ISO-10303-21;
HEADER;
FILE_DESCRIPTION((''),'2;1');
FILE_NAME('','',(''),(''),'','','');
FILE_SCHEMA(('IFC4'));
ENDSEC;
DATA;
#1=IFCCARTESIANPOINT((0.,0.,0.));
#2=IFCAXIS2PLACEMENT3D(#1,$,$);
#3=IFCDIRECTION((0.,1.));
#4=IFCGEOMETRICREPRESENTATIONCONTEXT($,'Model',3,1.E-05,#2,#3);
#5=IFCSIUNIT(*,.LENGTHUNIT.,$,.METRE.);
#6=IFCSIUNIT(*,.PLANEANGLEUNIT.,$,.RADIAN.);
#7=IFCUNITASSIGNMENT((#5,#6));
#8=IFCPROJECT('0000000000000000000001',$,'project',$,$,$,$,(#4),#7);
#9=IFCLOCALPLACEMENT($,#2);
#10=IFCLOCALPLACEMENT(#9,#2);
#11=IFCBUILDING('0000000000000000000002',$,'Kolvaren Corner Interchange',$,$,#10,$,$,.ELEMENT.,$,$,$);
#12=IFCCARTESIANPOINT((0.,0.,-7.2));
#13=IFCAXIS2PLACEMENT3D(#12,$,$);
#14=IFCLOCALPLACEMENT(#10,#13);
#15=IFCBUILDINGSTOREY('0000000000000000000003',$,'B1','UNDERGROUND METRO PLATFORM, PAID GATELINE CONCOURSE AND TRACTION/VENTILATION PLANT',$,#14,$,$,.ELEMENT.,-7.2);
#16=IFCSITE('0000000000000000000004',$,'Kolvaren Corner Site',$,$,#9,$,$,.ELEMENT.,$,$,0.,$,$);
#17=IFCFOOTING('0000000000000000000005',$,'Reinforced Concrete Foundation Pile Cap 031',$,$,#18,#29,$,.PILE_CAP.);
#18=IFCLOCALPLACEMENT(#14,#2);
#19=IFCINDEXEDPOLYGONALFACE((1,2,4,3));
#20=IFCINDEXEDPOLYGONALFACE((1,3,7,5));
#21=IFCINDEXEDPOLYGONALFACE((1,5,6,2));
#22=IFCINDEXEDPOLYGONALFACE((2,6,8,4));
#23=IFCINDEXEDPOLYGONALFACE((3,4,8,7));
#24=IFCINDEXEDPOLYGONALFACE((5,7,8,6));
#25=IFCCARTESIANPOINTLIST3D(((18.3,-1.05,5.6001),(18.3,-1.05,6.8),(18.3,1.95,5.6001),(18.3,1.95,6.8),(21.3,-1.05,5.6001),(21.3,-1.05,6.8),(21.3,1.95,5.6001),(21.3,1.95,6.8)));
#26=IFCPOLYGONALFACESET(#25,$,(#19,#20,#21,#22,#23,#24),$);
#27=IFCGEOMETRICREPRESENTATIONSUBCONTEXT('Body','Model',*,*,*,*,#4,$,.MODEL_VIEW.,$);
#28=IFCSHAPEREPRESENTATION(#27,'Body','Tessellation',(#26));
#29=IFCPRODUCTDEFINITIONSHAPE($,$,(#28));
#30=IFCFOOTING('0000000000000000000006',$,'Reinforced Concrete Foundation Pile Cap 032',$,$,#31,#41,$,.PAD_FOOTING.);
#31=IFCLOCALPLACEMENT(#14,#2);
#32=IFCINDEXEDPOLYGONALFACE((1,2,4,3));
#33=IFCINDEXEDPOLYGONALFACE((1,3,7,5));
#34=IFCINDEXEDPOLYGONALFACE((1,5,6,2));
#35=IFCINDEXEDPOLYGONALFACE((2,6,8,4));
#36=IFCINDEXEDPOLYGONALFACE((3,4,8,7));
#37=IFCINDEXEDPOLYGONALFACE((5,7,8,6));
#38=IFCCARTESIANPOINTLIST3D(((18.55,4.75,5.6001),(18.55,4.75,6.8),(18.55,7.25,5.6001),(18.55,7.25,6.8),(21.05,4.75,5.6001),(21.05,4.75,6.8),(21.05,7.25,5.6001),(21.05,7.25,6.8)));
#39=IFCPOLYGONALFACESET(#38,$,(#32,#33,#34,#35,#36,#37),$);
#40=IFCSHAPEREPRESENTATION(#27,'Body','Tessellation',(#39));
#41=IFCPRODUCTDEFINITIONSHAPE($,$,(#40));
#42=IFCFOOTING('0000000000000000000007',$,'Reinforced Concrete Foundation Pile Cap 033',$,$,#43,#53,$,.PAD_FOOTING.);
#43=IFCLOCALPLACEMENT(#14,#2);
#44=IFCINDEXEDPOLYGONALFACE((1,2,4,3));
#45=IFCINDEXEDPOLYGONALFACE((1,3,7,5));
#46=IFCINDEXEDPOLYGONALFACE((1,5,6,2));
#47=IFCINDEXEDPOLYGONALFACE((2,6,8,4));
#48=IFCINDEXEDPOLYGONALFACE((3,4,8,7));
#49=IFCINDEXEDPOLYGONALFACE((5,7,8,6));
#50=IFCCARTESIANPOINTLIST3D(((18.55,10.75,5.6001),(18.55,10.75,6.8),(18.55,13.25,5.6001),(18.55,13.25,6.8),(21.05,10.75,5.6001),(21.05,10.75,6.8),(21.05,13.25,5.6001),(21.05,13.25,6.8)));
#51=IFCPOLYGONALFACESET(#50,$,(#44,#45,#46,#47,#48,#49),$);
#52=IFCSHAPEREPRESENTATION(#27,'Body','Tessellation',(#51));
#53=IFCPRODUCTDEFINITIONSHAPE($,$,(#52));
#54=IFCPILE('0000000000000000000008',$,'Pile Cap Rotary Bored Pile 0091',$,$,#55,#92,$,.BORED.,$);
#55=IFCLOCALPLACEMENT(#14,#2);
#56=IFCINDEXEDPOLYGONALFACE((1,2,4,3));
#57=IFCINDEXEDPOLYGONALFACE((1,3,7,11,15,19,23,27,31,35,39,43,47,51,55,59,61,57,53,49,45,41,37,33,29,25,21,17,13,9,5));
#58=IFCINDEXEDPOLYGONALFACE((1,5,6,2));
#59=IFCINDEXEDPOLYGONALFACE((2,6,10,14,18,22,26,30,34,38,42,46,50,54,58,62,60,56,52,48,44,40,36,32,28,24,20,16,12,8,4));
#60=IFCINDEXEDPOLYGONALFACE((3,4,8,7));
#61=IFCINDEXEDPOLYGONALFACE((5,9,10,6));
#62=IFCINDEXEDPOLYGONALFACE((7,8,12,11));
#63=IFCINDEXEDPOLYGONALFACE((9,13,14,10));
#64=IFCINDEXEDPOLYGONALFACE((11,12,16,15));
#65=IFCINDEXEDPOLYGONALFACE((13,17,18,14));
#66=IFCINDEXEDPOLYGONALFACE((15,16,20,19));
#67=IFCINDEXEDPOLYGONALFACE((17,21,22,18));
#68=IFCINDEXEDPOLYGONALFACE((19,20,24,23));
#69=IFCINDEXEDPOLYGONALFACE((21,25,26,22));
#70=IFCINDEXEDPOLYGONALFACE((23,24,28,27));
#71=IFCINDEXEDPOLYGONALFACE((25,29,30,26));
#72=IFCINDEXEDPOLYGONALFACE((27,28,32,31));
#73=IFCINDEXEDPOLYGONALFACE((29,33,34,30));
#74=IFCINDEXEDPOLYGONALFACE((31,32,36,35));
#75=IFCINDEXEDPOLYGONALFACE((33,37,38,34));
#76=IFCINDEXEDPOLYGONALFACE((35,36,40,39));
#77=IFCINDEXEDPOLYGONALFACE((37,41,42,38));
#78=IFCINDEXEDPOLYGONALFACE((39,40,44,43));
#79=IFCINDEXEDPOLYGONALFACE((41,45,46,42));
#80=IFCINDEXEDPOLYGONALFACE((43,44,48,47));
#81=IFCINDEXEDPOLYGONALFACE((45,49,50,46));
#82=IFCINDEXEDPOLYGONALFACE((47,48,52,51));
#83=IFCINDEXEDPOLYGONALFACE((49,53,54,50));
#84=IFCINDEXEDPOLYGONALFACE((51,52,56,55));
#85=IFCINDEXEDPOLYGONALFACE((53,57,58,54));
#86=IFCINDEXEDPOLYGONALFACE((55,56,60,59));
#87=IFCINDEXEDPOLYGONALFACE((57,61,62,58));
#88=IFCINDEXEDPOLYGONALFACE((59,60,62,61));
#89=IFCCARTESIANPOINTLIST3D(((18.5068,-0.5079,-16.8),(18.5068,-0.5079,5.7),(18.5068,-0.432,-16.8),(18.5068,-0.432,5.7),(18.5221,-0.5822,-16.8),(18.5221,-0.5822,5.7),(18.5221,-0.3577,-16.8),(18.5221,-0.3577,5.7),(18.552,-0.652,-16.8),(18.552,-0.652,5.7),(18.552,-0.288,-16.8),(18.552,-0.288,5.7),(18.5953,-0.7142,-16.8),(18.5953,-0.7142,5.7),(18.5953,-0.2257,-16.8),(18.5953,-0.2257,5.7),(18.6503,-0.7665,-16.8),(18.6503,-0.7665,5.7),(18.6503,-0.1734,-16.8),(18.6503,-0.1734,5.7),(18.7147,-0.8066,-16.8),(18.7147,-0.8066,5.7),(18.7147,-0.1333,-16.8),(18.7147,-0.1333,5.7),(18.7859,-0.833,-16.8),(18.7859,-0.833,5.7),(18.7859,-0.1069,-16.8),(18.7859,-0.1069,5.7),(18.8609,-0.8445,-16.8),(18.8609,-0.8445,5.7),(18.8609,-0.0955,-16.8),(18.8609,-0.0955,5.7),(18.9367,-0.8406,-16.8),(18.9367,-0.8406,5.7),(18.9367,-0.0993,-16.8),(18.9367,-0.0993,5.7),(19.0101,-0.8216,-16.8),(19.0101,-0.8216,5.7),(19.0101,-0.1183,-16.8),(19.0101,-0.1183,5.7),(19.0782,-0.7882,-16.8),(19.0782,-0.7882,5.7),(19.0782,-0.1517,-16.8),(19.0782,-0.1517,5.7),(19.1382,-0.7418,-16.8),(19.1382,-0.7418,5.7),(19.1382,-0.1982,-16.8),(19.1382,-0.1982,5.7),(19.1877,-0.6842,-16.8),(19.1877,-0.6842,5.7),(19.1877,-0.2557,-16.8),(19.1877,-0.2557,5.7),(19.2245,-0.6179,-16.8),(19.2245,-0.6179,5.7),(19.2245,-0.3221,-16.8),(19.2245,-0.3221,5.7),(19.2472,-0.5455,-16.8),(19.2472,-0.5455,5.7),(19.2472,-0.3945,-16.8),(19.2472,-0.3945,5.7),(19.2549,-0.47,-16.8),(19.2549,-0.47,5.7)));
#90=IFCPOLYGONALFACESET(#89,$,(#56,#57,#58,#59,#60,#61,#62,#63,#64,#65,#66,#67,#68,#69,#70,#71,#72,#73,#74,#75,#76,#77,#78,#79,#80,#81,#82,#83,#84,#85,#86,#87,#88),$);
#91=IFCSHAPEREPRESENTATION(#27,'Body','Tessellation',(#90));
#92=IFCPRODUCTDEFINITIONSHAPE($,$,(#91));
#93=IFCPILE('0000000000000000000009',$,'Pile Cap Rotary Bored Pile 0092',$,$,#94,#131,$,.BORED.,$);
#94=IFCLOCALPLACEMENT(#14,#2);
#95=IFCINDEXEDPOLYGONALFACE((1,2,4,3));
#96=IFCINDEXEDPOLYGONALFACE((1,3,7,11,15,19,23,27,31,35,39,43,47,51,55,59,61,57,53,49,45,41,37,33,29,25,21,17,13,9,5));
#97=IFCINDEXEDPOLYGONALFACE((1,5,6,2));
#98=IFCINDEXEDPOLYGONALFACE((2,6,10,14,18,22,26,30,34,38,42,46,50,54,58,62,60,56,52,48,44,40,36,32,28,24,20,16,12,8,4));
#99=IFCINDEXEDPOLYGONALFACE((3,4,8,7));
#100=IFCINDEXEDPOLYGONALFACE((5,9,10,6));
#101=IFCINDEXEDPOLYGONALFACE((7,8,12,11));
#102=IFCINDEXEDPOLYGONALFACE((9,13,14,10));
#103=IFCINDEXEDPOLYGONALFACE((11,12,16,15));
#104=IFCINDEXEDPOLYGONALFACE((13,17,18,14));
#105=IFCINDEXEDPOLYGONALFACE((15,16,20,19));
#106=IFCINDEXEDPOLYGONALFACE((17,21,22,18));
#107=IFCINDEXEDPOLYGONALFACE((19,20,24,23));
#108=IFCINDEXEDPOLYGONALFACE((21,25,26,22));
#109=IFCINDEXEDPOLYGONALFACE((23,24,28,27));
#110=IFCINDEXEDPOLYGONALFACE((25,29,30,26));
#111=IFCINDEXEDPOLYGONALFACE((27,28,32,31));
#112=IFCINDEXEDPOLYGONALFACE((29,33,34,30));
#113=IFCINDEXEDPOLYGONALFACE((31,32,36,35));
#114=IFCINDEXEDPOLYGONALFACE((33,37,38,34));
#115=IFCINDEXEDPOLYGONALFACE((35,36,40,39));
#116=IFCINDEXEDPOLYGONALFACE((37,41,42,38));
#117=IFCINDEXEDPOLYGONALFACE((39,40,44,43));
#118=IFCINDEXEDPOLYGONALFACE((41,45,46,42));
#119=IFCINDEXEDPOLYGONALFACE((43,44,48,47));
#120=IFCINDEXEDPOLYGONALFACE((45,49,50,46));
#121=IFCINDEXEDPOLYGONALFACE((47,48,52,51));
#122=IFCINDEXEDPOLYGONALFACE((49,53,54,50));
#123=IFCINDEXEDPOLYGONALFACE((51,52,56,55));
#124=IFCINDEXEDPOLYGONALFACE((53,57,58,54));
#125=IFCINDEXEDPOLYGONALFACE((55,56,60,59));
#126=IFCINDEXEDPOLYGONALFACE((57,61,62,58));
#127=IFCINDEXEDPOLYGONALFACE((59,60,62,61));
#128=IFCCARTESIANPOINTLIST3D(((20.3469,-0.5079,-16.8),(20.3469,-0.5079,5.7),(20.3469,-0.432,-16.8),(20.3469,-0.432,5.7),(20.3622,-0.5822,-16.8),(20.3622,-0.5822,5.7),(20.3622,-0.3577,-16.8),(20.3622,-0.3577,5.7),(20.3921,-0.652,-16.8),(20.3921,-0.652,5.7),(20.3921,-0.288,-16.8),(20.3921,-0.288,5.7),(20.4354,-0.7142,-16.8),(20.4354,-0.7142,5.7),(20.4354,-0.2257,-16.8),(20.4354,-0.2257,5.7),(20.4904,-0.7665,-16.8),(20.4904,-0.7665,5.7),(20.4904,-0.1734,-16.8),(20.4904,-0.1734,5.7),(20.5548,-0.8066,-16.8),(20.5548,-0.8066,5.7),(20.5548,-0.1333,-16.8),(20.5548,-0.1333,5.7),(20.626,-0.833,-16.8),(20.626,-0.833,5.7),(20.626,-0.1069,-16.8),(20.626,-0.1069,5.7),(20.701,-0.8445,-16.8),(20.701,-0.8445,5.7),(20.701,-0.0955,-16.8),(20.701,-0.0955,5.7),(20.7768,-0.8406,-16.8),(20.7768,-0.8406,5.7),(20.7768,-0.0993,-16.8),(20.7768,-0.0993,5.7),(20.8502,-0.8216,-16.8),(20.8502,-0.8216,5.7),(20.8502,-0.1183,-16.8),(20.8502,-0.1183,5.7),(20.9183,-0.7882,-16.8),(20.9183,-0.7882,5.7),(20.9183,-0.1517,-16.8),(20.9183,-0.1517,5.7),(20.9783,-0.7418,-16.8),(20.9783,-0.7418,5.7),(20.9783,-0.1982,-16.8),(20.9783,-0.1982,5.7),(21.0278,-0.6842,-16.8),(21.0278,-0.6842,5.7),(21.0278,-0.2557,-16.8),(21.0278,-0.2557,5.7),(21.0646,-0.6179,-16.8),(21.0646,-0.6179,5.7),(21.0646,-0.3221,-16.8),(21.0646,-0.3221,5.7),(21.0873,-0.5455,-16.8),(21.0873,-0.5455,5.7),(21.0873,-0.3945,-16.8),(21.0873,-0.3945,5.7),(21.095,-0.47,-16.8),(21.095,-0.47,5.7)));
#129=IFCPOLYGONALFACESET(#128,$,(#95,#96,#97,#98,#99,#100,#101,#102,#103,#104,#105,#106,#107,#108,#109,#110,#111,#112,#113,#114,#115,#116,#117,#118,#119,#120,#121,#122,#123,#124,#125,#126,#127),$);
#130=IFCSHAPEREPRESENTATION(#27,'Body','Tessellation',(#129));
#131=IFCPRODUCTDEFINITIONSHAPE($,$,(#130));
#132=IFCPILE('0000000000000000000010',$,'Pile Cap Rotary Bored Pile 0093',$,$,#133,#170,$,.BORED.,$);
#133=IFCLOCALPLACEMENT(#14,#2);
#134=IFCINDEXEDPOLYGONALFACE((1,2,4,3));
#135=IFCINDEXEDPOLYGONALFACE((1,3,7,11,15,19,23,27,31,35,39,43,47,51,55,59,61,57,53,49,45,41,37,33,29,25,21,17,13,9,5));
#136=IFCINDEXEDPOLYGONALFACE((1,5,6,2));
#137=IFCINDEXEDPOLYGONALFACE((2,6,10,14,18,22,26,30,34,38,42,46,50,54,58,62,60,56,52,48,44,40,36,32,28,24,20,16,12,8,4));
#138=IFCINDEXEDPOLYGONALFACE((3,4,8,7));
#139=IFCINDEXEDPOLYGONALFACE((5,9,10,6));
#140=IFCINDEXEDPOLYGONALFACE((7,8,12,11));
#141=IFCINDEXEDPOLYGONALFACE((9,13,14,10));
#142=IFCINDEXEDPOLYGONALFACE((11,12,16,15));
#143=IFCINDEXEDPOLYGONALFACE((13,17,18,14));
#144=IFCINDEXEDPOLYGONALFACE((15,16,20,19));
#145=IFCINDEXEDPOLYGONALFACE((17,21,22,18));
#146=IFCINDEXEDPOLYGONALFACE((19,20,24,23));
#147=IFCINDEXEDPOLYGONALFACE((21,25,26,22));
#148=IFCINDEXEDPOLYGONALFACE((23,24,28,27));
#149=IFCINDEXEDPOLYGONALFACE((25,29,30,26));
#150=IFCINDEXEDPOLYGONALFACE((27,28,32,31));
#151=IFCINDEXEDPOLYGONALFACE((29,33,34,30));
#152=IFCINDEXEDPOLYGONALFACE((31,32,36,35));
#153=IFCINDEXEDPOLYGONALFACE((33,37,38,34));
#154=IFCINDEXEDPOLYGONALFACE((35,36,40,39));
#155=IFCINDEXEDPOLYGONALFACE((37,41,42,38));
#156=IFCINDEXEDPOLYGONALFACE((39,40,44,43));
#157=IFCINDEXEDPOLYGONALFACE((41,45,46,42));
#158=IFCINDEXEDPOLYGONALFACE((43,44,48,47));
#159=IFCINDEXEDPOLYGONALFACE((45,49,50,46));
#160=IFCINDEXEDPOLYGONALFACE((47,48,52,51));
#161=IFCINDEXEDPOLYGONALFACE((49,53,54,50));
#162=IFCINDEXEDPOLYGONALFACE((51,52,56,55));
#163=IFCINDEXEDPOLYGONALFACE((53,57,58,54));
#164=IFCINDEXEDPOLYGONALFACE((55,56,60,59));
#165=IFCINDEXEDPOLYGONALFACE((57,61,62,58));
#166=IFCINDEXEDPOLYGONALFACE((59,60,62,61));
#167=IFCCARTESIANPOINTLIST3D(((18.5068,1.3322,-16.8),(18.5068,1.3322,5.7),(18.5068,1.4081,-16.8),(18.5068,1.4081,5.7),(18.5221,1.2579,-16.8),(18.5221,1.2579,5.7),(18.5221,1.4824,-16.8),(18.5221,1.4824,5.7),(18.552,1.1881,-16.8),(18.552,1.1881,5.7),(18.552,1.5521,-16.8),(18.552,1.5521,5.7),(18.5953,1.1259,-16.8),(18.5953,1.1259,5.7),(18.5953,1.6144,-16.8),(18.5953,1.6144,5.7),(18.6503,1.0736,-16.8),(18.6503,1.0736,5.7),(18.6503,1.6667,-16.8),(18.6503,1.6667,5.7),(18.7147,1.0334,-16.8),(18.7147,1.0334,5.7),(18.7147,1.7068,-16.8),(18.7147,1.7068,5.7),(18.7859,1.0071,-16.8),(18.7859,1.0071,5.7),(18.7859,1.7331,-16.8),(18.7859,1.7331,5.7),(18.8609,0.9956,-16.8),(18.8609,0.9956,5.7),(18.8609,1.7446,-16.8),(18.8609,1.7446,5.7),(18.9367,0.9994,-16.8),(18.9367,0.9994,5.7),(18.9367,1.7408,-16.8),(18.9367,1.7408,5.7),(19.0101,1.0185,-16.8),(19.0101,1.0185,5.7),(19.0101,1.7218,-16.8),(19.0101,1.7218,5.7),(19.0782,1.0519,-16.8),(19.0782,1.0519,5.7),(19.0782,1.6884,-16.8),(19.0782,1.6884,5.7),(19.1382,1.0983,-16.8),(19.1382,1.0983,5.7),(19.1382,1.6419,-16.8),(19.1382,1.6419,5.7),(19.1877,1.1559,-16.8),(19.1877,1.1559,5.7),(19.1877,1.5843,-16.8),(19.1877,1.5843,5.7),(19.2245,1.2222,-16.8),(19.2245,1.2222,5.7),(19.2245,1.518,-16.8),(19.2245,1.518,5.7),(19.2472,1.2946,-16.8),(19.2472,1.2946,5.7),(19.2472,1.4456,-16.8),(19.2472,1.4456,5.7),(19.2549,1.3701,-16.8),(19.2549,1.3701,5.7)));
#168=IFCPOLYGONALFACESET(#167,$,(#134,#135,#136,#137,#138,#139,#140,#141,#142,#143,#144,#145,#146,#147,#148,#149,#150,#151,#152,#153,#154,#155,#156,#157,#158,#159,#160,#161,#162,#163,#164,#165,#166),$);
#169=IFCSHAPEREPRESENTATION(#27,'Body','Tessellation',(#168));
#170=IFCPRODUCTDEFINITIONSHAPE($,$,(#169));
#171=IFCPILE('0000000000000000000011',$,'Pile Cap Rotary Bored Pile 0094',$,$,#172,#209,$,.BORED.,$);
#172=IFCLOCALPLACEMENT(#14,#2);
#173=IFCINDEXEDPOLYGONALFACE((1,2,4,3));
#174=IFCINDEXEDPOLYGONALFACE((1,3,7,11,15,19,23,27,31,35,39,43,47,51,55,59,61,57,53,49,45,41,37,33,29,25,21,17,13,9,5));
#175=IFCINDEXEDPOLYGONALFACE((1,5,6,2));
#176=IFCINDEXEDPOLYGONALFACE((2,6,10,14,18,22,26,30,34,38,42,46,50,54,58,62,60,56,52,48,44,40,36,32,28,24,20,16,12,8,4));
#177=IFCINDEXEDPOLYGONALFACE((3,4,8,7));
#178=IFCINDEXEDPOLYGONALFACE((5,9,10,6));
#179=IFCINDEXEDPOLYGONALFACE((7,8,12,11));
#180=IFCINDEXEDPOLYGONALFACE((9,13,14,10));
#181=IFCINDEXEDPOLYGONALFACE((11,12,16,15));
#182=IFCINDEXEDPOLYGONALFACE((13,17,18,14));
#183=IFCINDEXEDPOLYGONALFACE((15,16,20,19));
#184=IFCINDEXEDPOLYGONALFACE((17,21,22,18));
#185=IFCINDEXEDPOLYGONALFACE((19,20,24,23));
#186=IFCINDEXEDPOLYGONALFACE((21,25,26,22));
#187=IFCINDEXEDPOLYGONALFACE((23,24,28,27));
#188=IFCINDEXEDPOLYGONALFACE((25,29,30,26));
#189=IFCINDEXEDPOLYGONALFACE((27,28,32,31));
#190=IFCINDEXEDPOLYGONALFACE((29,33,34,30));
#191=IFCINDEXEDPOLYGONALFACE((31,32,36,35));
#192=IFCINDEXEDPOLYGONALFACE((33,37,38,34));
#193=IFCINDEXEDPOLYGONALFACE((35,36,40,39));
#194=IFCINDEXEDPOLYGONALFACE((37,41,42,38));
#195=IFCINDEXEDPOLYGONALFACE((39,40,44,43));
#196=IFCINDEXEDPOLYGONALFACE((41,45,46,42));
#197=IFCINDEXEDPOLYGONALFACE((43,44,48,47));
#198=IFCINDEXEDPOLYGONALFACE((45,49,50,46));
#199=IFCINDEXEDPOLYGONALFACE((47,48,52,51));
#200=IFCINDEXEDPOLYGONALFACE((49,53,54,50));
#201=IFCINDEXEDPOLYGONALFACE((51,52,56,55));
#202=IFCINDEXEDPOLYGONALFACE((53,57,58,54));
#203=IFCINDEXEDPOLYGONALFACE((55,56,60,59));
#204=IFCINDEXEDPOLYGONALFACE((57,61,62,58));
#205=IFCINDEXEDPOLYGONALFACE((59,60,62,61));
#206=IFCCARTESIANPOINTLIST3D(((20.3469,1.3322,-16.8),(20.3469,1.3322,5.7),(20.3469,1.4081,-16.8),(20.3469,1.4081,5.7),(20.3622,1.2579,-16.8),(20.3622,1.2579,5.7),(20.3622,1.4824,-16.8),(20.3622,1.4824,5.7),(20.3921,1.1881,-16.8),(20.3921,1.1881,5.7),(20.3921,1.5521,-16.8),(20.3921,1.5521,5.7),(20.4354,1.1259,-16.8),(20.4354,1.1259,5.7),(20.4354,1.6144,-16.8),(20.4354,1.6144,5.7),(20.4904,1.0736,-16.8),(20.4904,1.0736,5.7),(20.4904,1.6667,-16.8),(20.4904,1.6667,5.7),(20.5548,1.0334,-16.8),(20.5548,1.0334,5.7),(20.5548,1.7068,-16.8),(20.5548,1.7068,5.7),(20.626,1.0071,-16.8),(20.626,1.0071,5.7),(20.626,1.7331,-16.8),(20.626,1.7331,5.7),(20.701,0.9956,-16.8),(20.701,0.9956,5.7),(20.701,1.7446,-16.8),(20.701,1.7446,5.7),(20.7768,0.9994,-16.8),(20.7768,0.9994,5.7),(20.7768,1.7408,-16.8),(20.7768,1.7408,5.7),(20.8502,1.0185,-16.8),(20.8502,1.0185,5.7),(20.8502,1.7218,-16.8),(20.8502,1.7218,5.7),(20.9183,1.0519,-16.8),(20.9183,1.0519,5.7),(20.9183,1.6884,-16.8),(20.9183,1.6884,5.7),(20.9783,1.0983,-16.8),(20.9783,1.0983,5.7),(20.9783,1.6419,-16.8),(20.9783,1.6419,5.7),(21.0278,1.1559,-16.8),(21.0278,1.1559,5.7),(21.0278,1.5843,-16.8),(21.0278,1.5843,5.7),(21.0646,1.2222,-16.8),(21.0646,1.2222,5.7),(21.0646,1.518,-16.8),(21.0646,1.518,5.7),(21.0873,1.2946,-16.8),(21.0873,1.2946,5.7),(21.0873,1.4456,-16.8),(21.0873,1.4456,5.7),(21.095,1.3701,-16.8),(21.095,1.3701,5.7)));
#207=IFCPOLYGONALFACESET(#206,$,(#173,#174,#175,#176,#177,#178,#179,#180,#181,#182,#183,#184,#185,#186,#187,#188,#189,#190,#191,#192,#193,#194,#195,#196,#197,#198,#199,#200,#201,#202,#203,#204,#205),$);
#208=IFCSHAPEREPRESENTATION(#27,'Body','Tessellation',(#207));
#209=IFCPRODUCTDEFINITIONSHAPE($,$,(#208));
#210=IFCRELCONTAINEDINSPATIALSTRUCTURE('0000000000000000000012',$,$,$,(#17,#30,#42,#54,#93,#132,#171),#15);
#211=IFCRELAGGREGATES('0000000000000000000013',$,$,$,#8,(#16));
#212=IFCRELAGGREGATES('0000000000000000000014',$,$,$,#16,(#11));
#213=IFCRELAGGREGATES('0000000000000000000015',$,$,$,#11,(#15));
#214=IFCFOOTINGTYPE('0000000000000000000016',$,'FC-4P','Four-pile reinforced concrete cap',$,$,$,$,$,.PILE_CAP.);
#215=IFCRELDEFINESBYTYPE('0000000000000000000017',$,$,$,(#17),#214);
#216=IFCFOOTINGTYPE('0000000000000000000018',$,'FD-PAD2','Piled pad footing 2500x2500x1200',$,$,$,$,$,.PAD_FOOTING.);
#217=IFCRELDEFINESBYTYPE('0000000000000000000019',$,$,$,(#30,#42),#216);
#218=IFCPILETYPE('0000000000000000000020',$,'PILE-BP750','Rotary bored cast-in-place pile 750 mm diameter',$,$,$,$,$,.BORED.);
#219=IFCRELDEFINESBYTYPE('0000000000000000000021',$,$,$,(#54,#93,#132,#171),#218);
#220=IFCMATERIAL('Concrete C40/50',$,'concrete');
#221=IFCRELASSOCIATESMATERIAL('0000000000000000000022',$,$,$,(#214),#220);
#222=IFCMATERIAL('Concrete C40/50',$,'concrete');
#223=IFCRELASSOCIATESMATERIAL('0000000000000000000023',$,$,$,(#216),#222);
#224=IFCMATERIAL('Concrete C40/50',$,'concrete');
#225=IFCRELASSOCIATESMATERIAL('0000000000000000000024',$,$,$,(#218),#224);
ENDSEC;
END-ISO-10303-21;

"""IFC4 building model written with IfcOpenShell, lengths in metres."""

from ifc_helpers import new_model, si_unit, direction, frame, origin, origin_2d, place, context, subcontext, project, spatial, rectangle, circle, extrude, material, material_profile, profile_set, type_object, element, save


model = new_model("IFC4")

# Units and contexts
model_context = context("Model", 3, precision=1e-05, world=origin(), true_north=direction((0.0, 1.0)))
body_context = subcontext(model_context, "Body", "Model", "MODEL_VIEW")
ifc_project = project(units=[si_unit("LENGTHUNIT", "METRE"), si_unit("PLANEANGLEUNIT", "RADIAN")], contexts=[model_context])

# Site, building, storey
site_placement = place(None, origin())
site = spatial("IfcSite", under=ifc_project, at=site_placement, Name="Kolvaren Corner Site", CompositionType="ELEMENT", RefElevation=0.0)
building_placement = place(site_placement, origin())
building = spatial("IfcBuilding", under=site, at=building_placement, Name="Kolvaren Corner Interchange", CompositionType="ELEMENT")
storey_placement = place(building_placement, frame((0.0, 0.0, -7.2)))
storey = spatial("IfcBuildingStorey", under=building, at=storey_placement, Name="B1", Description="UNDERGROUND METRO PLATFORM, PAID GATELINE CONCOURSE AND TRACTION/VENTILATION PLANT", CompositionType="ELEMENT", Elevation=-7.2)

# Footings
ifc_material_1 = material(Name="Concrete C40/50", Category="concrete")
footing_type_1 = type_object("IfcFootingType", Name="FC-4P", Description="Four-pile reinforced concrete cap", PredefinedType="PILE_CAP", material=ifc_material_1)
footing_placement = place(storey_placement, frame((19.8, 0.45, 5.6001), z_axis=(0.0, 0.0, 1.0), x_axis=(1.0, 0.0, 0.0)))
element("IfcFooting", 1, at=footing_placement, inside=storey, type_object=footing_type_1, Name="Reinforced Concrete Foundation Pile Cap 031", PredefinedType="PILE_CAP", context=body_context, shape_type="SweptSolid", body=[
    extrude(rectangle(XDim=3.0, YDim=3.0, at=origin_2d()), origin(), (0.0, 0.0, 1.0), 1.2),
])
ifc_material_2 = material(Name="Concrete C40/50", Category="concrete")
footing_type_2 = type_object("IfcFootingType", Name="FD-PAD2", Description="Piled pad footing 2500x2500x1200", PredefinedType="PAD_FOOTING", material=ifc_material_2)
for number, where, z_axis, x_axis, name in (
    (2, (19.8, 6.0, 5.6001), (0.0, 0.0, 1.0), (1.0, 0.0, 0.0), "Reinforced Concrete Foundation Pile Cap 032"),
    (3, (19.8, 12.0, 5.6001), (0.0, 0.0, 1.0), (1.0, 0.0, 0.0), "Reinforced Concrete Foundation Pile Cap 033"),
):
    element("IfcFooting", number, at=place(storey_placement, frame(where, z_axis=z_axis, x_axis=x_axis)), inside=storey, type_object=footing_type_2, Name=name, PredefinedType="PAD_FOOTING", context=body_context, shape_type="SweptSolid", body=[
        extrude(rectangle(XDim=2.5, YDim=2.5, at=origin_2d()), origin(), (0.0, 0.0, 1.0), 1.2),
    ])

# Piles
ifc_material_3 = material(Name="Concrete C40/50", Category="concrete")
ifc_material_profile_1 = material_profile(ifc_material_3, circle(Radius=0.375, at=origin_2d()), Name="BORED PILE 750")
ifc_profile_set_1 = profile_set([ifc_material_profile_1], Name="Concrete C40/50")
pile_type_1 = type_object("IfcPileType", Name="PILE-BP750", Description="Rotary bored cast-in-place pile 750 mm diameter", PredefinedType="BORED", material=ifc_profile_set_1)
for number, where, z_axis, x_axis, name in (
    (4, (18.8799, -0.47, 5.7), (0.0, 0.0, -1.0), (1.0, 0.0, 0.0), "Pile Cap Rotary Bored Pile 0091"),
    (5, (20.72, -0.47, 5.7), (0.0, 0.0, -1.0), (1.0, 0.0, 0.0), "Pile Cap Rotary Bored Pile 0092"),
    (6, (18.8799, 1.3701, 5.7), (0.0, 0.0, -1.0), (1.0, 0.0, 0.0), "Pile Cap Rotary Bored Pile 0093"),
    (7, (20.72, 1.3701, 5.7), (0.0, 0.0, -1.0), (1.0, 0.0, 0.0), "Pile Cap Rotary Bored Pile 0094"),
):
    element("IfcPile", number, at=place(storey_placement, frame(where, z_axis=z_axis, x_axis=x_axis)), inside=storey, type_object=pile_type_1, Name=name, PredefinedType="BORED", context=body_context, shape_type="SweptSolid", body=[
        extrude(circle(Radius=0.375, at=origin_2d()), origin(), (0.0, 0.0, 1.0), 22.5),
    ])

save(model, "model.ifc")
